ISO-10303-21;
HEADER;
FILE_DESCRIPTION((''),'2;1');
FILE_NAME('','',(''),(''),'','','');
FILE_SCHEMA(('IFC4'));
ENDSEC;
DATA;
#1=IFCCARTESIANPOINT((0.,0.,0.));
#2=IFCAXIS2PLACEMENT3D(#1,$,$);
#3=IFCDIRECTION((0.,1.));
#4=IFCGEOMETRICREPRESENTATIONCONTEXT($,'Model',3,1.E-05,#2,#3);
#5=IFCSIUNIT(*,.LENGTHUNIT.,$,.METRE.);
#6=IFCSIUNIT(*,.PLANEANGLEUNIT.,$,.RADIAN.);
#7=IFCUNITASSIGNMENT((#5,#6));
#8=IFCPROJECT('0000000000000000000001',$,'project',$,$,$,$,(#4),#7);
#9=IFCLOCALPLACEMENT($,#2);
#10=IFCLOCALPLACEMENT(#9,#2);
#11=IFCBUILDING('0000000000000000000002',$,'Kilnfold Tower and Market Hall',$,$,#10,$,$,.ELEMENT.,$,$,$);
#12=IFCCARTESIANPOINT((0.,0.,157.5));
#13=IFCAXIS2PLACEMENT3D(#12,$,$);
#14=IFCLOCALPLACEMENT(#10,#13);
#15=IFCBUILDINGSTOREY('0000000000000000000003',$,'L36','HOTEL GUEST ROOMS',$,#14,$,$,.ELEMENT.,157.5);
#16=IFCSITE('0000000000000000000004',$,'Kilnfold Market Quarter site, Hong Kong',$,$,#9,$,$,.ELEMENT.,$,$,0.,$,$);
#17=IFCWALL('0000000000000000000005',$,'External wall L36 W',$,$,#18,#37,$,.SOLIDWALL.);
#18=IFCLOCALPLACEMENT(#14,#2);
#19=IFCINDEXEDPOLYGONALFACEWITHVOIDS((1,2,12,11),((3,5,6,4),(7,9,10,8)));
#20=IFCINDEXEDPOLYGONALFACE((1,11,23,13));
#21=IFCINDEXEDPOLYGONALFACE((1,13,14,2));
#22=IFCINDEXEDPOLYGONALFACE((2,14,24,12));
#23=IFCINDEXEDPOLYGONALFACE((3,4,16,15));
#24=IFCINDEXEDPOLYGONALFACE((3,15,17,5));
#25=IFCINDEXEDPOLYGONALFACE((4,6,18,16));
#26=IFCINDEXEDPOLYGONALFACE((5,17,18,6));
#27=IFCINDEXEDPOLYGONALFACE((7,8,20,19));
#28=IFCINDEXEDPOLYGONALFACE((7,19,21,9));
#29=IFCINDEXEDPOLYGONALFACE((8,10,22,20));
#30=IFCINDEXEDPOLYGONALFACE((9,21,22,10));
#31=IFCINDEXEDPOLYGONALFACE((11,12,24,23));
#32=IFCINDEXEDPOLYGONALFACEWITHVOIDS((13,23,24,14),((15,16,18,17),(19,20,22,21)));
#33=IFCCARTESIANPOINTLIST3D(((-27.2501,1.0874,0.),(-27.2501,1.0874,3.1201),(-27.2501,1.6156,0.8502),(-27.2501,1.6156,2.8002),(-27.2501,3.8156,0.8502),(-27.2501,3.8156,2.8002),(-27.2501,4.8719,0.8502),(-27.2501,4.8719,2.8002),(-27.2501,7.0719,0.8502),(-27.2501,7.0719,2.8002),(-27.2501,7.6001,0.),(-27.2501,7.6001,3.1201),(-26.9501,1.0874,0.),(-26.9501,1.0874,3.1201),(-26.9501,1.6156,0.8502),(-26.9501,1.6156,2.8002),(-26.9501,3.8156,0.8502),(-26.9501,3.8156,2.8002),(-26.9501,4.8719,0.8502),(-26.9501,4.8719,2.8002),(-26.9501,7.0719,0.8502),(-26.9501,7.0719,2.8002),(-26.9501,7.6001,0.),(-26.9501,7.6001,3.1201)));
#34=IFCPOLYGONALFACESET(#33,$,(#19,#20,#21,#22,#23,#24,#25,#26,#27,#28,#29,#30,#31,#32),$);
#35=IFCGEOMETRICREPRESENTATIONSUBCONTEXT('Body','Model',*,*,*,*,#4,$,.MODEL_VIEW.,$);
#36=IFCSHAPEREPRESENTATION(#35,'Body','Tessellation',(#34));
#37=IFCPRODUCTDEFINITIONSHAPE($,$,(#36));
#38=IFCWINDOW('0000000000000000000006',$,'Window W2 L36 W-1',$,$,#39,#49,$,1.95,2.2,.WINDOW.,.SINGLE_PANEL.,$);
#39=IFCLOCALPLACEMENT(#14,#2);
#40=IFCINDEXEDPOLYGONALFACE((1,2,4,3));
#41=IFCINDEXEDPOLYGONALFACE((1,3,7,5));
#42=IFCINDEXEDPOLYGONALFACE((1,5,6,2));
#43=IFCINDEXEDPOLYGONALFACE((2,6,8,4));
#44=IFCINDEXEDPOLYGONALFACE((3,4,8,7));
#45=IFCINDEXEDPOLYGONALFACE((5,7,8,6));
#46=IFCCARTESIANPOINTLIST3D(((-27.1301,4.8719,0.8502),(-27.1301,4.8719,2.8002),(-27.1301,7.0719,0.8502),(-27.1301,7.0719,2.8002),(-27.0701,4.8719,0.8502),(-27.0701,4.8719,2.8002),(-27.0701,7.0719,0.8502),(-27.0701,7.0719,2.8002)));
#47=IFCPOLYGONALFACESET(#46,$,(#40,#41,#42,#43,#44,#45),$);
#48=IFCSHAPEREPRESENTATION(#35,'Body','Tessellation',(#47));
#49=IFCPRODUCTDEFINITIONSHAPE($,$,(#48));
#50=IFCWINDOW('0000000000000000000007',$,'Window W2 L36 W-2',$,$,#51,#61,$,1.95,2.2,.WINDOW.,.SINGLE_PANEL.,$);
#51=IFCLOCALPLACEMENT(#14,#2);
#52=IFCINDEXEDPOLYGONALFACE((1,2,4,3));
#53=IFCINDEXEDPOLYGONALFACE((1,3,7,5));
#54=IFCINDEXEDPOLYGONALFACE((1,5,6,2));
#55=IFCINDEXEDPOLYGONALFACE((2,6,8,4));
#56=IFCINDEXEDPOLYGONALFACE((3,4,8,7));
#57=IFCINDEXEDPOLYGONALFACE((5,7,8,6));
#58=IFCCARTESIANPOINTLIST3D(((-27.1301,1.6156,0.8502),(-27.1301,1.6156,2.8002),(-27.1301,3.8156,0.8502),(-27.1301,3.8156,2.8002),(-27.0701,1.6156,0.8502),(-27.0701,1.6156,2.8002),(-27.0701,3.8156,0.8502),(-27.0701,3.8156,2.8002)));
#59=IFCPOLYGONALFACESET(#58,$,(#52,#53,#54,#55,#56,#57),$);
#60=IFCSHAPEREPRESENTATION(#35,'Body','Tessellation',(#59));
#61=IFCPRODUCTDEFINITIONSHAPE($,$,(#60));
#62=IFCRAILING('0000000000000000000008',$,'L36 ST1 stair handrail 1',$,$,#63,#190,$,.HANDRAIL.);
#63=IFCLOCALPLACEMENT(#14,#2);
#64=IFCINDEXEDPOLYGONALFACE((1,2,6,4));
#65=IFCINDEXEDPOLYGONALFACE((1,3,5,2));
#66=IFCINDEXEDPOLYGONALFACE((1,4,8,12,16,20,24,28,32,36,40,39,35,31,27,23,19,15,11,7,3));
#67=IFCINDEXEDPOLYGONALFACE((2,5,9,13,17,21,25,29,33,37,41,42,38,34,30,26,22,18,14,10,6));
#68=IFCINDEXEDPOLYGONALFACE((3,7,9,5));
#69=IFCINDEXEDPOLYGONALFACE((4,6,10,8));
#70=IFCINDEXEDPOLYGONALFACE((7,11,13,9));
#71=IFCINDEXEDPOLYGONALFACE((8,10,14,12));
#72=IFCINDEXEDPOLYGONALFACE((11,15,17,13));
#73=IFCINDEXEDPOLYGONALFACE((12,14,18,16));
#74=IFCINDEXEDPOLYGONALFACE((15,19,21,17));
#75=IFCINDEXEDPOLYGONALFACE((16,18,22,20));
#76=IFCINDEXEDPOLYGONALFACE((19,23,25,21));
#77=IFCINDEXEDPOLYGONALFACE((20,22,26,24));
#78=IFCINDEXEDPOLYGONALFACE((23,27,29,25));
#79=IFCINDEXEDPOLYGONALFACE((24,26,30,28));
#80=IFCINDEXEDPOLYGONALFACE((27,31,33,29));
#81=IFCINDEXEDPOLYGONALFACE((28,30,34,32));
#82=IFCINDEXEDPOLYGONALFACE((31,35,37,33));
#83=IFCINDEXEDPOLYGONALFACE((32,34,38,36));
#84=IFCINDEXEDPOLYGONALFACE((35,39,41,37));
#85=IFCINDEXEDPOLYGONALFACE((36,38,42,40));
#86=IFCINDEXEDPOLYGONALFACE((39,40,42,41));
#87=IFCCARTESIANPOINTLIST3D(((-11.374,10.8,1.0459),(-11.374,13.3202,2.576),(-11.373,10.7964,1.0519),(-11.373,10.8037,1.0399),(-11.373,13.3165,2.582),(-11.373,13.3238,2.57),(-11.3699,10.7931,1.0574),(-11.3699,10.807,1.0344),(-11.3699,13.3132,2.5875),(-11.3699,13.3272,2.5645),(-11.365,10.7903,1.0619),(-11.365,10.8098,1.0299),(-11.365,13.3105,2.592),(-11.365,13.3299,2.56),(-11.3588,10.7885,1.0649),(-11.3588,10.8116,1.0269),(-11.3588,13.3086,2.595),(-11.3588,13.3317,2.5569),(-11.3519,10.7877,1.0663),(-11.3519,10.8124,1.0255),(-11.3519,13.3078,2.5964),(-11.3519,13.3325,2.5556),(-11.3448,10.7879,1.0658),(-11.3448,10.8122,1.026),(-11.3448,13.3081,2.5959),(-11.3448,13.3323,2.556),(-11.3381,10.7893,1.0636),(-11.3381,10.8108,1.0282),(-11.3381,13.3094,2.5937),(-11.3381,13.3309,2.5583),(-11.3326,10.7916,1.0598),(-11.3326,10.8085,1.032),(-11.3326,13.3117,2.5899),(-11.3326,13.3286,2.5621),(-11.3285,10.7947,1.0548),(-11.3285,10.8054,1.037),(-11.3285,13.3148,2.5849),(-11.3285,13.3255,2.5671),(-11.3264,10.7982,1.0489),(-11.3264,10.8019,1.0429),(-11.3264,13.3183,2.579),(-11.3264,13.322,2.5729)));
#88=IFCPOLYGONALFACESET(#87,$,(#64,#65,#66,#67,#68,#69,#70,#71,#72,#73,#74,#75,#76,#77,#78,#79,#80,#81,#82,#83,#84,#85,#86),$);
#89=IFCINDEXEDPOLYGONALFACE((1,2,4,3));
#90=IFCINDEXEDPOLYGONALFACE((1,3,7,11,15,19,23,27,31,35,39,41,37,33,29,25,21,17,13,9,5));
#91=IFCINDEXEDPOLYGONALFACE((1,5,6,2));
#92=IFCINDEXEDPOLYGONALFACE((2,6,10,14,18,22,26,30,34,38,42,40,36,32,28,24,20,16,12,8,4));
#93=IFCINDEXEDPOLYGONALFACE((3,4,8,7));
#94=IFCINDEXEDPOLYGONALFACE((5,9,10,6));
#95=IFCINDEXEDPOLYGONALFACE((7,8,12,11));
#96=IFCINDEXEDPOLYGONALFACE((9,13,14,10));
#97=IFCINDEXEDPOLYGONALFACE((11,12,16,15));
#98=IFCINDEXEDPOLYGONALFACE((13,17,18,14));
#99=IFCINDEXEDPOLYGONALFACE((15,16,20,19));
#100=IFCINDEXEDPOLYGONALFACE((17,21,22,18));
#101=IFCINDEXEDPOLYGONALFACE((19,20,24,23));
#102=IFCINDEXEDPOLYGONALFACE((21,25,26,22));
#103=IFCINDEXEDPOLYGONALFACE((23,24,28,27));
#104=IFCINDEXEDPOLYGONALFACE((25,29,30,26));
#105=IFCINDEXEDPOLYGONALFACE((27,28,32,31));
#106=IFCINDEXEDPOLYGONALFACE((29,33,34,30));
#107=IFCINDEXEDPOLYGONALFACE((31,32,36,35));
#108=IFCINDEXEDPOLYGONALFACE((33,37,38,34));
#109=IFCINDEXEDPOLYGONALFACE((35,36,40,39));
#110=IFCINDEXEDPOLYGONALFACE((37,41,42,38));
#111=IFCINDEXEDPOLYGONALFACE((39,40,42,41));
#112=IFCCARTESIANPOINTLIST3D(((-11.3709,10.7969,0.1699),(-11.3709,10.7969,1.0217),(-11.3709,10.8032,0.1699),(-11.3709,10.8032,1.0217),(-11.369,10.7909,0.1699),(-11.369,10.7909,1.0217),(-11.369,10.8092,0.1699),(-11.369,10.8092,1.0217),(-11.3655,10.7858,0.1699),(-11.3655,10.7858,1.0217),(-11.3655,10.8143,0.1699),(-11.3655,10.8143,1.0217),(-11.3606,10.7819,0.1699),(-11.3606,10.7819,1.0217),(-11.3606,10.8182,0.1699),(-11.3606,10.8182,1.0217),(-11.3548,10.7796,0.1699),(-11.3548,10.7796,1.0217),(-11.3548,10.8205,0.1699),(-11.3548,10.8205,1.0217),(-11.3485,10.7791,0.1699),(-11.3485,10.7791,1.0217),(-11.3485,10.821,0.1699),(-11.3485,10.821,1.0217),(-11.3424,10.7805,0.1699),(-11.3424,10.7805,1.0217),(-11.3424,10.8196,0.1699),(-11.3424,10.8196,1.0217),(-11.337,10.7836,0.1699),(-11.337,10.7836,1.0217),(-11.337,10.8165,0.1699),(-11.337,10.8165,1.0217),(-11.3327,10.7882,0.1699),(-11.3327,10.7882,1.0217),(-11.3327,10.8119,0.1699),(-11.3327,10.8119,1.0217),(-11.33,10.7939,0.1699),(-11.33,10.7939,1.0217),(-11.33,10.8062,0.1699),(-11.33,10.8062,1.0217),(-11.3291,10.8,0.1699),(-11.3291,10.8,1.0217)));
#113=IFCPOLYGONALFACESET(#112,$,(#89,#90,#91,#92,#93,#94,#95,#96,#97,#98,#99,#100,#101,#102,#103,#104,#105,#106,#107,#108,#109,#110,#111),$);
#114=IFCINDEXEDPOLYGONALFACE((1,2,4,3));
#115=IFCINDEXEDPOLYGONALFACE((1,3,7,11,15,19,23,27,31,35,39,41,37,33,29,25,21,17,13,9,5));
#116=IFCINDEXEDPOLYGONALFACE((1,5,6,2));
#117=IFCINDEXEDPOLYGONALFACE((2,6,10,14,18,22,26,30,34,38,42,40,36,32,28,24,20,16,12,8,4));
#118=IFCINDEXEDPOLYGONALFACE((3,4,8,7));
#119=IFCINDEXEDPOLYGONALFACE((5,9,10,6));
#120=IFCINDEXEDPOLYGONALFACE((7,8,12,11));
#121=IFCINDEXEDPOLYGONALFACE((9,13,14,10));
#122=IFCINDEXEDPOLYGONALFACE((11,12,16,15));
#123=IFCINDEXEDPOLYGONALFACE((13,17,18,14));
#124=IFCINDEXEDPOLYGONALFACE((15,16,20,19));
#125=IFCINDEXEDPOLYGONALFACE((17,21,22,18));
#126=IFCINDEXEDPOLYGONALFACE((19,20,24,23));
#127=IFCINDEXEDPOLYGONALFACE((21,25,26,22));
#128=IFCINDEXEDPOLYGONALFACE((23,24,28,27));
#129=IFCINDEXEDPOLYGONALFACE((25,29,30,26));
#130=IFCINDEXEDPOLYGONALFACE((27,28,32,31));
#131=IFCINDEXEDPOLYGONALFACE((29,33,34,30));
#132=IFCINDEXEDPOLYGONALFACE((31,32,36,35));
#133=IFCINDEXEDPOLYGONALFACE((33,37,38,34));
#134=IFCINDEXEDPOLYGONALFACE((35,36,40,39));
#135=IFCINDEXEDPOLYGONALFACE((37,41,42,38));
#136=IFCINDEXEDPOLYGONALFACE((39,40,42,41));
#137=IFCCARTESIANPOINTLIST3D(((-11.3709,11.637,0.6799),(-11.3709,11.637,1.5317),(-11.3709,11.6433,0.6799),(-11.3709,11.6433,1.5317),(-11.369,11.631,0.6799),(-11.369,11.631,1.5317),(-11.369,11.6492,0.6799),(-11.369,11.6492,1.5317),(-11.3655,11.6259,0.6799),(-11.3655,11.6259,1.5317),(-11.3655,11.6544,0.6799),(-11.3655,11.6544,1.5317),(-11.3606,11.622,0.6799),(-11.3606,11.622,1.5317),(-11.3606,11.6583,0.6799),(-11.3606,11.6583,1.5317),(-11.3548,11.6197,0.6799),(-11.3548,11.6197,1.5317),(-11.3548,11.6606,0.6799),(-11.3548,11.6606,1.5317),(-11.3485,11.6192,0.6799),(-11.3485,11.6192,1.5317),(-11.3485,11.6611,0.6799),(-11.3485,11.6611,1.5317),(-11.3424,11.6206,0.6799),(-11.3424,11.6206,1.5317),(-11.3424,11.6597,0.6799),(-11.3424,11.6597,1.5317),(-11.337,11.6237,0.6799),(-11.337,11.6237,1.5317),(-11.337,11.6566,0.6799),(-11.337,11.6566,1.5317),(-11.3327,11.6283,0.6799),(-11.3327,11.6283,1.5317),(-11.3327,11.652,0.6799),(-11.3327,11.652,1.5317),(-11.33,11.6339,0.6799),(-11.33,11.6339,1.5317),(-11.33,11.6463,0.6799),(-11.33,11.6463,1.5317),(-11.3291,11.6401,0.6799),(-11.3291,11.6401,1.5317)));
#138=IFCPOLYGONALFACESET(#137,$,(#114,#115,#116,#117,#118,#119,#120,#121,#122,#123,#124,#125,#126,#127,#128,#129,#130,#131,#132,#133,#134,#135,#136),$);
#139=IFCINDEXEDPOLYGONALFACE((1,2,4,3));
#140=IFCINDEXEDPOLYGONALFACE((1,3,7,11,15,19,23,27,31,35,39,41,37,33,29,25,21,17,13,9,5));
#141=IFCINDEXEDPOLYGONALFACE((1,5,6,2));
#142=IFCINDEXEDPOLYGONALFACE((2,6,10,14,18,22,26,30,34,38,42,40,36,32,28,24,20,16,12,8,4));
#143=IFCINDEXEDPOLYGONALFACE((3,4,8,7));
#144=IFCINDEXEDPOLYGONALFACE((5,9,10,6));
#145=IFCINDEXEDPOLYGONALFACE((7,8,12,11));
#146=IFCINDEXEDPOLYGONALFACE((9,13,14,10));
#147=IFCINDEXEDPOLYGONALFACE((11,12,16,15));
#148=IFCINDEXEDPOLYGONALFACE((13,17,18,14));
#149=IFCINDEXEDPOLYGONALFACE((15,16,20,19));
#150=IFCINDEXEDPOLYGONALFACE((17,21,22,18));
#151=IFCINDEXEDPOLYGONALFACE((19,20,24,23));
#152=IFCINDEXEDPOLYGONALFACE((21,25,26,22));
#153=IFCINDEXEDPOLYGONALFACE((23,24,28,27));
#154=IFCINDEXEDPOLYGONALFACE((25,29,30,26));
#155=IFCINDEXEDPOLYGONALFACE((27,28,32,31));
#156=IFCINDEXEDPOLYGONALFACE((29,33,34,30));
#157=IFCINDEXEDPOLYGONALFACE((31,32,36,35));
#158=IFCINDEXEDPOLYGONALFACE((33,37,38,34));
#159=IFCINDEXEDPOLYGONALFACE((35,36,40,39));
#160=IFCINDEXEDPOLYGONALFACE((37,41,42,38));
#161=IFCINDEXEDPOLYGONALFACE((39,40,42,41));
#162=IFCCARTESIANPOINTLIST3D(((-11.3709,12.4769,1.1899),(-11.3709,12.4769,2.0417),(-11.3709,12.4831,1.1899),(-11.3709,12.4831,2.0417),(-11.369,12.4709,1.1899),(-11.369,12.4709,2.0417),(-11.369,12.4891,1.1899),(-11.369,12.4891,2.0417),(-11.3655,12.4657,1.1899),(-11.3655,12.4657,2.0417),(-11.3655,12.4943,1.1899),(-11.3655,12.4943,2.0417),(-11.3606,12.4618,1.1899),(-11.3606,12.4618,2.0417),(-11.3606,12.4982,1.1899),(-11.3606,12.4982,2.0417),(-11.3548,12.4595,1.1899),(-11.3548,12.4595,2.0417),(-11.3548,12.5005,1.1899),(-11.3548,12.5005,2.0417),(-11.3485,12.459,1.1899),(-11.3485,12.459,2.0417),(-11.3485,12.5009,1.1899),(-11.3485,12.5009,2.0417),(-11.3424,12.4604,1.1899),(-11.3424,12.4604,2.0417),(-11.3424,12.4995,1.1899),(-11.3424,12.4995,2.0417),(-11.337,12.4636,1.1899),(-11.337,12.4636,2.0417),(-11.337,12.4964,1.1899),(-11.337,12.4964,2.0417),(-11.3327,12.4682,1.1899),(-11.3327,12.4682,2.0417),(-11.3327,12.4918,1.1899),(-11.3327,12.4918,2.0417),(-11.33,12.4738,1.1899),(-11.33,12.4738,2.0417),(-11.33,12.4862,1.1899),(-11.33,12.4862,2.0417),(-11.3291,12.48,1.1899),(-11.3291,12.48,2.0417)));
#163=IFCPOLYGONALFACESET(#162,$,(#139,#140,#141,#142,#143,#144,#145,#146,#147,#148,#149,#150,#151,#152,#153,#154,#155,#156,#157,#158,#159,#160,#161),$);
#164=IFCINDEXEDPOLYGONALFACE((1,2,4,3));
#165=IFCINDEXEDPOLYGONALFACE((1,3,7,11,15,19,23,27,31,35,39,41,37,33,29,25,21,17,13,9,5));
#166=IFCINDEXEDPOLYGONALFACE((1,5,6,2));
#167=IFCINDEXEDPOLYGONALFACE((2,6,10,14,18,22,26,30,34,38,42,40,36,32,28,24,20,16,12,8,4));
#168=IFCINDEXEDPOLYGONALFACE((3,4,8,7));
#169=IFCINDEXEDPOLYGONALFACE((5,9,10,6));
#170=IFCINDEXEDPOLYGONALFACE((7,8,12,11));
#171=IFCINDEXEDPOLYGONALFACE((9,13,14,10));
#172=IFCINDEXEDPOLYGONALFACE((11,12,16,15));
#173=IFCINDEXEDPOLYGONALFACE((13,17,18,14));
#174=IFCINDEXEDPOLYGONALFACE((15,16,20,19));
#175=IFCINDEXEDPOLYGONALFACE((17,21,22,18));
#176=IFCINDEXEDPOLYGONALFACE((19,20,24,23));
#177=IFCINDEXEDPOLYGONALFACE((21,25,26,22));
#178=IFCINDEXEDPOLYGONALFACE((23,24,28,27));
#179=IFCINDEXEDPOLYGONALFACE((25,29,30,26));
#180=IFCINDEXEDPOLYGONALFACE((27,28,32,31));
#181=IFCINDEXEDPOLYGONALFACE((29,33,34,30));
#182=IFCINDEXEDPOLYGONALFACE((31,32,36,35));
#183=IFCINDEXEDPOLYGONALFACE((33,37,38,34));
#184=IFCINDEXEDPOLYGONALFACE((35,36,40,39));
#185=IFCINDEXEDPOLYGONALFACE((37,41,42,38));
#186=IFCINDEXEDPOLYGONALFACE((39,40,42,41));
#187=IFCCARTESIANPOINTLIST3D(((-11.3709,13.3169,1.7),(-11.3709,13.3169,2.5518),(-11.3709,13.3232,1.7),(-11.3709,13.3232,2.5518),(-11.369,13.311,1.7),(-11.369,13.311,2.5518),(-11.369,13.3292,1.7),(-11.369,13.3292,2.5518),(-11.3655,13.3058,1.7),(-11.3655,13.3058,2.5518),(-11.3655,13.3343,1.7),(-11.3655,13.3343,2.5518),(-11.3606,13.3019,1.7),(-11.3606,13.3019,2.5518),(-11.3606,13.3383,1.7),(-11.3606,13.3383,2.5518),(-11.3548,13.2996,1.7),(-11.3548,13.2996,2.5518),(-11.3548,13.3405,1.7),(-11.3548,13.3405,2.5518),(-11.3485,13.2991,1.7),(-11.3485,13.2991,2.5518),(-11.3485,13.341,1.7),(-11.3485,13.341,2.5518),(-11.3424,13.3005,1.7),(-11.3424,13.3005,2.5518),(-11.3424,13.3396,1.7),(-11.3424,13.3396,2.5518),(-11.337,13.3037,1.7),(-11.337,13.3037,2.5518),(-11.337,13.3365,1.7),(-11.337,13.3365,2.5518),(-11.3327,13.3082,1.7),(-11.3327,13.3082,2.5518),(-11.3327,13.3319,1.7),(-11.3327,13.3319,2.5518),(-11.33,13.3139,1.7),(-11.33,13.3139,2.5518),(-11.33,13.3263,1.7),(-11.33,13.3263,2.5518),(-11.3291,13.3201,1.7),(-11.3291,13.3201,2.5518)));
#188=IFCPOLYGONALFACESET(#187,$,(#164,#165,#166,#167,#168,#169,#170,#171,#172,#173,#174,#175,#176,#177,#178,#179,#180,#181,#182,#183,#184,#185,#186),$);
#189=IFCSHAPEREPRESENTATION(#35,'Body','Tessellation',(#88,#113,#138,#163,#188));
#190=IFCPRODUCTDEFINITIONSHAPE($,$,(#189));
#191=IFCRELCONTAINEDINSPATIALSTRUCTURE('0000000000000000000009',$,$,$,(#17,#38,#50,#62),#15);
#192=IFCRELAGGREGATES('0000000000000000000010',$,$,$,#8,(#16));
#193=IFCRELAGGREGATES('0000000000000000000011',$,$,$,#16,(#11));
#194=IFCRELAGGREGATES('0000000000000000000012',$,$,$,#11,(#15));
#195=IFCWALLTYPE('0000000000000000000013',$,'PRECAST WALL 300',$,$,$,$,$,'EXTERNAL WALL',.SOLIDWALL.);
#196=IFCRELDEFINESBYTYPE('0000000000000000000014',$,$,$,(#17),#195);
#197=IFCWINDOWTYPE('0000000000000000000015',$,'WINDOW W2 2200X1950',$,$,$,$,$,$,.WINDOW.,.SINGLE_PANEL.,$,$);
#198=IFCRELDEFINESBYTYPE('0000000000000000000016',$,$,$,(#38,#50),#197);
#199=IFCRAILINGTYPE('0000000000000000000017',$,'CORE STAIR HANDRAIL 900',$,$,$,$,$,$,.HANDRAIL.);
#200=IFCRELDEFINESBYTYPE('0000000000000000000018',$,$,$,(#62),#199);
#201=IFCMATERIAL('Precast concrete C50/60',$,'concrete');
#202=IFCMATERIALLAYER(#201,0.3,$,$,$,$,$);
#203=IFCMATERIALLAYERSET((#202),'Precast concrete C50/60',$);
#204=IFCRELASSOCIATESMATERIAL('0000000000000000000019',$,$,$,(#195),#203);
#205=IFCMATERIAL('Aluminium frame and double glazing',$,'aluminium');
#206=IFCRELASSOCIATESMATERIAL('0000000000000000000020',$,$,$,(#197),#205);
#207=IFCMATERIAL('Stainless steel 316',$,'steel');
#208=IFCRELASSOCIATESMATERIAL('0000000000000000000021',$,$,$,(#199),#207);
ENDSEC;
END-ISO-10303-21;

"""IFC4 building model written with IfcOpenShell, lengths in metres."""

from ifc_helpers import new_model, si_unit, direction, frame, frame_2d, origin, origin_2d, place, context, subcontext, project, spatial, rectangle, circle, extrude, source, transform, mapped, material, layer, layer_set, type_object, element, fill, save


model = new_model("IFC4")

# Units and contexts
model_context = context("Model", 3, precision=1e-05, world=origin(), true_north=direction((0.0, 1.0)))
body_context = subcontext(model_context, "Body", "Model", "MODEL_VIEW")
ifc_project = project(units=[si_unit("LENGTHUNIT", "METRE"), si_unit("PLANEANGLEUNIT", "RADIAN")], contexts=[model_context])

# Site, building, storey
site_placement = place(None, origin())
site = spatial("IfcSite", under=ifc_project, at=site_placement, Name="Kilnfold Market Quarter site, Hong Kong", CompositionType="ELEMENT", RefElevation=0.0)
building_placement = place(site_placement, origin())
building = spatial("IfcBuilding", under=site, at=building_placement, Name="Kilnfold Tower and Market Hall", CompositionType="ELEMENT")
storey_placement = place(building_placement, frame((0.0, 0.0, 157.5)))
storey = spatial("IfcBuildingStorey", under=building, at=storey_placement, Name="L36", Description="HOTEL GUEST ROOMS", CompositionType="ELEMENT", Elevation=157.5)

# Wall, openings, windows
ifc_material_1 = material(Name="Precast concrete C50/60", Category="concrete")
ifc_layer_1 = layer(ifc_material_1, 0.3)
ifc_layer_set_1 = layer_set([ifc_layer_1], Name="Precast concrete C50/60")
wall_type_1 = type_object("IfcWallType", Name="PRECAST WALL 300", ElementType="EXTERNAL WALL", PredefinedType="SOLIDWALL", material=ifc_layer_set_1)
shared_shape_1 = source(origin(), body_context, "Body", "SweptSolid", [
    extrude(rectangle(XDim=6.5127, YDim=0.3, at=frame_2d((3.2563, 0.0))), origin(), (0.0, 0.0, 1.0), 3.1201),
])
wall_1_placement = place(storey_placement, frame((-27.1001, 7.6001, 0.0), z_axis=(0.0, 0.0, 1.0), x_axis=(0.0, -1.0, 0.0)))
wall_1 = element("IfcWall", 1, at=wall_1_placement, inside=storey, type_object=wall_type_1, Name="External wall L36 W", PredefinedType="SOLIDWALL", context=body_context, shape_type="MappedRepresentation", body=[
    mapped(shared_shape_1, transform((0.0, 0.0, 0.0))),
])
opening_1_placement = place(wall_1_placement, frame((0.5281, 0.0, 0.8501)))
opening_1 = element("IfcOpeningElement", 2, at=opening_1_placement, cuts=wall_1, PredefinedType="OPENING", context=body_context, shape_type="SweptSolid", body=[
    extrude(rectangle(XDim=2.2, YDim=1.95, at=frame_2d((1.1001, 0.9751))), frame((0.0, 0.1602, 0.0), z_axis=(0.0, -1.0, 0.0), x_axis=(1.0, 0.0, 0.0)), (0.0, 0.0, 1.0), 0.3201),
])
opening_2_placement = place(wall_1_placement, frame((3.7844, 0.0, 0.8501)))
opening_2 = element("IfcOpeningElement", 3, at=opening_2_placement, cuts=wall_1, PredefinedType="OPENING", context=body_context, shape_type="SweptSolid", body=[
    extrude(rectangle(XDim=2.2, YDim=1.95, at=frame_2d((1.1001, 0.9751))), frame((0.0, 0.1602, 0.0), z_axis=(0.0, -1.0, 0.0), x_axis=(1.0, 0.0, 0.0)), (0.0, 0.0, 1.0), 0.3201),
])
ifc_material_2 = material(Name="Aluminium frame and double glazing", Category="aluminium")
window_type = type_object("IfcWindowType", Name="WINDOW W2 2200X1950", PartitioningType="SINGLE_PANEL", PredefinedType="WINDOW", material=ifc_material_2)
window_1_placement = place(opening_1_placement, origin())
window_1 = element("IfcWindow", 4, at=window_1_placement, inside=storey, type_object=window_type, Name="Window W2 L36 W-1", OverallHeight=1.95, OverallWidth=2.2, PartitioningType="SINGLE_PANEL", PredefinedType="WINDOW", context=body_context, shape_type="SweptSolid", body=[
    extrude(rectangle(XDim=2.2, YDim=1.95, at=frame_2d((1.1001, 0.9751))), frame((0.0, 0.03, 0.0), z_axis=(0.0, -1.0, 0.0), x_axis=(1.0, 0.0, 0.0)), (0.0, 0.0, 1.0), 0.0601),
])
fill(opening_1, window_1)
window_2_placement = place(opening_2_placement, origin())
window_2 = element("IfcWindow", 5, at=window_2_placement, inside=storey, type_object=window_type, Name="Window W2 L36 W-2", OverallHeight=1.95, OverallWidth=2.2, PartitioningType="SINGLE_PANEL", PredefinedType="WINDOW", context=body_context, shape_type="SweptSolid", body=[
    extrude(rectangle(XDim=2.2, YDim=1.95, at=frame_2d((1.1001, 0.9751))), frame((0.0, 0.03, 0.0), z_axis=(0.0, -1.0, 0.0), x_axis=(1.0, 0.0, 0.0)), (0.0, 0.0, 1.0), 0.0601),
])
fill(opening_2, window_2)

# Railing
ifc_material_3 = material(Name="Stainless steel 316", Category="steel")
railing_type_1 = type_object("IfcRailingType", Name="CORE STAIR HANDRAIL 900", PredefinedType="HANDRAIL", material=ifc_material_3)
railing_1_placement = place(storey_placement, frame((-11.3501, 10.8, 0.1699)))
element("IfcRailing", 6, at=railing_1_placement, inside=storey, type_object=railing_type_1, Name="L36 ST1 stair handrail 1", PredefinedType="HANDRAIL", context=body_context, shape_type="SweptSolid", body=[
    extrude(circle(Radius=0.0239, at=origin_2d()), frame((0.0, 0.0, 0.876), z_axis=(0.0, 0.854785, 0.518982), x_axis=(-1.0, 0.0, 0.0)), (0.0, 0.0, 1.0), 2.9482),
    extrude(circle(Radius=0.021, at=origin_2d()), origin(), (0.0, 0.0, 1.0), 0.8518),
    extrude(circle(Radius=0.021, at=origin_2d()), frame((0.0, 0.8401, 0.51)), (0.0, 0.0, 1.0), 0.8518),
    extrude(circle(Radius=0.021, at=origin_2d()), frame((0.0, 1.6799, 1.02)), (0.0, 0.0, 1.0), 0.8518),
    extrude(circle(Radius=0.021, at=origin_2d()), frame((0.0, 2.52, 1.53)), (0.0, 0.0, 1.0), 0.8518),
])

save(model, "model.ifc")
